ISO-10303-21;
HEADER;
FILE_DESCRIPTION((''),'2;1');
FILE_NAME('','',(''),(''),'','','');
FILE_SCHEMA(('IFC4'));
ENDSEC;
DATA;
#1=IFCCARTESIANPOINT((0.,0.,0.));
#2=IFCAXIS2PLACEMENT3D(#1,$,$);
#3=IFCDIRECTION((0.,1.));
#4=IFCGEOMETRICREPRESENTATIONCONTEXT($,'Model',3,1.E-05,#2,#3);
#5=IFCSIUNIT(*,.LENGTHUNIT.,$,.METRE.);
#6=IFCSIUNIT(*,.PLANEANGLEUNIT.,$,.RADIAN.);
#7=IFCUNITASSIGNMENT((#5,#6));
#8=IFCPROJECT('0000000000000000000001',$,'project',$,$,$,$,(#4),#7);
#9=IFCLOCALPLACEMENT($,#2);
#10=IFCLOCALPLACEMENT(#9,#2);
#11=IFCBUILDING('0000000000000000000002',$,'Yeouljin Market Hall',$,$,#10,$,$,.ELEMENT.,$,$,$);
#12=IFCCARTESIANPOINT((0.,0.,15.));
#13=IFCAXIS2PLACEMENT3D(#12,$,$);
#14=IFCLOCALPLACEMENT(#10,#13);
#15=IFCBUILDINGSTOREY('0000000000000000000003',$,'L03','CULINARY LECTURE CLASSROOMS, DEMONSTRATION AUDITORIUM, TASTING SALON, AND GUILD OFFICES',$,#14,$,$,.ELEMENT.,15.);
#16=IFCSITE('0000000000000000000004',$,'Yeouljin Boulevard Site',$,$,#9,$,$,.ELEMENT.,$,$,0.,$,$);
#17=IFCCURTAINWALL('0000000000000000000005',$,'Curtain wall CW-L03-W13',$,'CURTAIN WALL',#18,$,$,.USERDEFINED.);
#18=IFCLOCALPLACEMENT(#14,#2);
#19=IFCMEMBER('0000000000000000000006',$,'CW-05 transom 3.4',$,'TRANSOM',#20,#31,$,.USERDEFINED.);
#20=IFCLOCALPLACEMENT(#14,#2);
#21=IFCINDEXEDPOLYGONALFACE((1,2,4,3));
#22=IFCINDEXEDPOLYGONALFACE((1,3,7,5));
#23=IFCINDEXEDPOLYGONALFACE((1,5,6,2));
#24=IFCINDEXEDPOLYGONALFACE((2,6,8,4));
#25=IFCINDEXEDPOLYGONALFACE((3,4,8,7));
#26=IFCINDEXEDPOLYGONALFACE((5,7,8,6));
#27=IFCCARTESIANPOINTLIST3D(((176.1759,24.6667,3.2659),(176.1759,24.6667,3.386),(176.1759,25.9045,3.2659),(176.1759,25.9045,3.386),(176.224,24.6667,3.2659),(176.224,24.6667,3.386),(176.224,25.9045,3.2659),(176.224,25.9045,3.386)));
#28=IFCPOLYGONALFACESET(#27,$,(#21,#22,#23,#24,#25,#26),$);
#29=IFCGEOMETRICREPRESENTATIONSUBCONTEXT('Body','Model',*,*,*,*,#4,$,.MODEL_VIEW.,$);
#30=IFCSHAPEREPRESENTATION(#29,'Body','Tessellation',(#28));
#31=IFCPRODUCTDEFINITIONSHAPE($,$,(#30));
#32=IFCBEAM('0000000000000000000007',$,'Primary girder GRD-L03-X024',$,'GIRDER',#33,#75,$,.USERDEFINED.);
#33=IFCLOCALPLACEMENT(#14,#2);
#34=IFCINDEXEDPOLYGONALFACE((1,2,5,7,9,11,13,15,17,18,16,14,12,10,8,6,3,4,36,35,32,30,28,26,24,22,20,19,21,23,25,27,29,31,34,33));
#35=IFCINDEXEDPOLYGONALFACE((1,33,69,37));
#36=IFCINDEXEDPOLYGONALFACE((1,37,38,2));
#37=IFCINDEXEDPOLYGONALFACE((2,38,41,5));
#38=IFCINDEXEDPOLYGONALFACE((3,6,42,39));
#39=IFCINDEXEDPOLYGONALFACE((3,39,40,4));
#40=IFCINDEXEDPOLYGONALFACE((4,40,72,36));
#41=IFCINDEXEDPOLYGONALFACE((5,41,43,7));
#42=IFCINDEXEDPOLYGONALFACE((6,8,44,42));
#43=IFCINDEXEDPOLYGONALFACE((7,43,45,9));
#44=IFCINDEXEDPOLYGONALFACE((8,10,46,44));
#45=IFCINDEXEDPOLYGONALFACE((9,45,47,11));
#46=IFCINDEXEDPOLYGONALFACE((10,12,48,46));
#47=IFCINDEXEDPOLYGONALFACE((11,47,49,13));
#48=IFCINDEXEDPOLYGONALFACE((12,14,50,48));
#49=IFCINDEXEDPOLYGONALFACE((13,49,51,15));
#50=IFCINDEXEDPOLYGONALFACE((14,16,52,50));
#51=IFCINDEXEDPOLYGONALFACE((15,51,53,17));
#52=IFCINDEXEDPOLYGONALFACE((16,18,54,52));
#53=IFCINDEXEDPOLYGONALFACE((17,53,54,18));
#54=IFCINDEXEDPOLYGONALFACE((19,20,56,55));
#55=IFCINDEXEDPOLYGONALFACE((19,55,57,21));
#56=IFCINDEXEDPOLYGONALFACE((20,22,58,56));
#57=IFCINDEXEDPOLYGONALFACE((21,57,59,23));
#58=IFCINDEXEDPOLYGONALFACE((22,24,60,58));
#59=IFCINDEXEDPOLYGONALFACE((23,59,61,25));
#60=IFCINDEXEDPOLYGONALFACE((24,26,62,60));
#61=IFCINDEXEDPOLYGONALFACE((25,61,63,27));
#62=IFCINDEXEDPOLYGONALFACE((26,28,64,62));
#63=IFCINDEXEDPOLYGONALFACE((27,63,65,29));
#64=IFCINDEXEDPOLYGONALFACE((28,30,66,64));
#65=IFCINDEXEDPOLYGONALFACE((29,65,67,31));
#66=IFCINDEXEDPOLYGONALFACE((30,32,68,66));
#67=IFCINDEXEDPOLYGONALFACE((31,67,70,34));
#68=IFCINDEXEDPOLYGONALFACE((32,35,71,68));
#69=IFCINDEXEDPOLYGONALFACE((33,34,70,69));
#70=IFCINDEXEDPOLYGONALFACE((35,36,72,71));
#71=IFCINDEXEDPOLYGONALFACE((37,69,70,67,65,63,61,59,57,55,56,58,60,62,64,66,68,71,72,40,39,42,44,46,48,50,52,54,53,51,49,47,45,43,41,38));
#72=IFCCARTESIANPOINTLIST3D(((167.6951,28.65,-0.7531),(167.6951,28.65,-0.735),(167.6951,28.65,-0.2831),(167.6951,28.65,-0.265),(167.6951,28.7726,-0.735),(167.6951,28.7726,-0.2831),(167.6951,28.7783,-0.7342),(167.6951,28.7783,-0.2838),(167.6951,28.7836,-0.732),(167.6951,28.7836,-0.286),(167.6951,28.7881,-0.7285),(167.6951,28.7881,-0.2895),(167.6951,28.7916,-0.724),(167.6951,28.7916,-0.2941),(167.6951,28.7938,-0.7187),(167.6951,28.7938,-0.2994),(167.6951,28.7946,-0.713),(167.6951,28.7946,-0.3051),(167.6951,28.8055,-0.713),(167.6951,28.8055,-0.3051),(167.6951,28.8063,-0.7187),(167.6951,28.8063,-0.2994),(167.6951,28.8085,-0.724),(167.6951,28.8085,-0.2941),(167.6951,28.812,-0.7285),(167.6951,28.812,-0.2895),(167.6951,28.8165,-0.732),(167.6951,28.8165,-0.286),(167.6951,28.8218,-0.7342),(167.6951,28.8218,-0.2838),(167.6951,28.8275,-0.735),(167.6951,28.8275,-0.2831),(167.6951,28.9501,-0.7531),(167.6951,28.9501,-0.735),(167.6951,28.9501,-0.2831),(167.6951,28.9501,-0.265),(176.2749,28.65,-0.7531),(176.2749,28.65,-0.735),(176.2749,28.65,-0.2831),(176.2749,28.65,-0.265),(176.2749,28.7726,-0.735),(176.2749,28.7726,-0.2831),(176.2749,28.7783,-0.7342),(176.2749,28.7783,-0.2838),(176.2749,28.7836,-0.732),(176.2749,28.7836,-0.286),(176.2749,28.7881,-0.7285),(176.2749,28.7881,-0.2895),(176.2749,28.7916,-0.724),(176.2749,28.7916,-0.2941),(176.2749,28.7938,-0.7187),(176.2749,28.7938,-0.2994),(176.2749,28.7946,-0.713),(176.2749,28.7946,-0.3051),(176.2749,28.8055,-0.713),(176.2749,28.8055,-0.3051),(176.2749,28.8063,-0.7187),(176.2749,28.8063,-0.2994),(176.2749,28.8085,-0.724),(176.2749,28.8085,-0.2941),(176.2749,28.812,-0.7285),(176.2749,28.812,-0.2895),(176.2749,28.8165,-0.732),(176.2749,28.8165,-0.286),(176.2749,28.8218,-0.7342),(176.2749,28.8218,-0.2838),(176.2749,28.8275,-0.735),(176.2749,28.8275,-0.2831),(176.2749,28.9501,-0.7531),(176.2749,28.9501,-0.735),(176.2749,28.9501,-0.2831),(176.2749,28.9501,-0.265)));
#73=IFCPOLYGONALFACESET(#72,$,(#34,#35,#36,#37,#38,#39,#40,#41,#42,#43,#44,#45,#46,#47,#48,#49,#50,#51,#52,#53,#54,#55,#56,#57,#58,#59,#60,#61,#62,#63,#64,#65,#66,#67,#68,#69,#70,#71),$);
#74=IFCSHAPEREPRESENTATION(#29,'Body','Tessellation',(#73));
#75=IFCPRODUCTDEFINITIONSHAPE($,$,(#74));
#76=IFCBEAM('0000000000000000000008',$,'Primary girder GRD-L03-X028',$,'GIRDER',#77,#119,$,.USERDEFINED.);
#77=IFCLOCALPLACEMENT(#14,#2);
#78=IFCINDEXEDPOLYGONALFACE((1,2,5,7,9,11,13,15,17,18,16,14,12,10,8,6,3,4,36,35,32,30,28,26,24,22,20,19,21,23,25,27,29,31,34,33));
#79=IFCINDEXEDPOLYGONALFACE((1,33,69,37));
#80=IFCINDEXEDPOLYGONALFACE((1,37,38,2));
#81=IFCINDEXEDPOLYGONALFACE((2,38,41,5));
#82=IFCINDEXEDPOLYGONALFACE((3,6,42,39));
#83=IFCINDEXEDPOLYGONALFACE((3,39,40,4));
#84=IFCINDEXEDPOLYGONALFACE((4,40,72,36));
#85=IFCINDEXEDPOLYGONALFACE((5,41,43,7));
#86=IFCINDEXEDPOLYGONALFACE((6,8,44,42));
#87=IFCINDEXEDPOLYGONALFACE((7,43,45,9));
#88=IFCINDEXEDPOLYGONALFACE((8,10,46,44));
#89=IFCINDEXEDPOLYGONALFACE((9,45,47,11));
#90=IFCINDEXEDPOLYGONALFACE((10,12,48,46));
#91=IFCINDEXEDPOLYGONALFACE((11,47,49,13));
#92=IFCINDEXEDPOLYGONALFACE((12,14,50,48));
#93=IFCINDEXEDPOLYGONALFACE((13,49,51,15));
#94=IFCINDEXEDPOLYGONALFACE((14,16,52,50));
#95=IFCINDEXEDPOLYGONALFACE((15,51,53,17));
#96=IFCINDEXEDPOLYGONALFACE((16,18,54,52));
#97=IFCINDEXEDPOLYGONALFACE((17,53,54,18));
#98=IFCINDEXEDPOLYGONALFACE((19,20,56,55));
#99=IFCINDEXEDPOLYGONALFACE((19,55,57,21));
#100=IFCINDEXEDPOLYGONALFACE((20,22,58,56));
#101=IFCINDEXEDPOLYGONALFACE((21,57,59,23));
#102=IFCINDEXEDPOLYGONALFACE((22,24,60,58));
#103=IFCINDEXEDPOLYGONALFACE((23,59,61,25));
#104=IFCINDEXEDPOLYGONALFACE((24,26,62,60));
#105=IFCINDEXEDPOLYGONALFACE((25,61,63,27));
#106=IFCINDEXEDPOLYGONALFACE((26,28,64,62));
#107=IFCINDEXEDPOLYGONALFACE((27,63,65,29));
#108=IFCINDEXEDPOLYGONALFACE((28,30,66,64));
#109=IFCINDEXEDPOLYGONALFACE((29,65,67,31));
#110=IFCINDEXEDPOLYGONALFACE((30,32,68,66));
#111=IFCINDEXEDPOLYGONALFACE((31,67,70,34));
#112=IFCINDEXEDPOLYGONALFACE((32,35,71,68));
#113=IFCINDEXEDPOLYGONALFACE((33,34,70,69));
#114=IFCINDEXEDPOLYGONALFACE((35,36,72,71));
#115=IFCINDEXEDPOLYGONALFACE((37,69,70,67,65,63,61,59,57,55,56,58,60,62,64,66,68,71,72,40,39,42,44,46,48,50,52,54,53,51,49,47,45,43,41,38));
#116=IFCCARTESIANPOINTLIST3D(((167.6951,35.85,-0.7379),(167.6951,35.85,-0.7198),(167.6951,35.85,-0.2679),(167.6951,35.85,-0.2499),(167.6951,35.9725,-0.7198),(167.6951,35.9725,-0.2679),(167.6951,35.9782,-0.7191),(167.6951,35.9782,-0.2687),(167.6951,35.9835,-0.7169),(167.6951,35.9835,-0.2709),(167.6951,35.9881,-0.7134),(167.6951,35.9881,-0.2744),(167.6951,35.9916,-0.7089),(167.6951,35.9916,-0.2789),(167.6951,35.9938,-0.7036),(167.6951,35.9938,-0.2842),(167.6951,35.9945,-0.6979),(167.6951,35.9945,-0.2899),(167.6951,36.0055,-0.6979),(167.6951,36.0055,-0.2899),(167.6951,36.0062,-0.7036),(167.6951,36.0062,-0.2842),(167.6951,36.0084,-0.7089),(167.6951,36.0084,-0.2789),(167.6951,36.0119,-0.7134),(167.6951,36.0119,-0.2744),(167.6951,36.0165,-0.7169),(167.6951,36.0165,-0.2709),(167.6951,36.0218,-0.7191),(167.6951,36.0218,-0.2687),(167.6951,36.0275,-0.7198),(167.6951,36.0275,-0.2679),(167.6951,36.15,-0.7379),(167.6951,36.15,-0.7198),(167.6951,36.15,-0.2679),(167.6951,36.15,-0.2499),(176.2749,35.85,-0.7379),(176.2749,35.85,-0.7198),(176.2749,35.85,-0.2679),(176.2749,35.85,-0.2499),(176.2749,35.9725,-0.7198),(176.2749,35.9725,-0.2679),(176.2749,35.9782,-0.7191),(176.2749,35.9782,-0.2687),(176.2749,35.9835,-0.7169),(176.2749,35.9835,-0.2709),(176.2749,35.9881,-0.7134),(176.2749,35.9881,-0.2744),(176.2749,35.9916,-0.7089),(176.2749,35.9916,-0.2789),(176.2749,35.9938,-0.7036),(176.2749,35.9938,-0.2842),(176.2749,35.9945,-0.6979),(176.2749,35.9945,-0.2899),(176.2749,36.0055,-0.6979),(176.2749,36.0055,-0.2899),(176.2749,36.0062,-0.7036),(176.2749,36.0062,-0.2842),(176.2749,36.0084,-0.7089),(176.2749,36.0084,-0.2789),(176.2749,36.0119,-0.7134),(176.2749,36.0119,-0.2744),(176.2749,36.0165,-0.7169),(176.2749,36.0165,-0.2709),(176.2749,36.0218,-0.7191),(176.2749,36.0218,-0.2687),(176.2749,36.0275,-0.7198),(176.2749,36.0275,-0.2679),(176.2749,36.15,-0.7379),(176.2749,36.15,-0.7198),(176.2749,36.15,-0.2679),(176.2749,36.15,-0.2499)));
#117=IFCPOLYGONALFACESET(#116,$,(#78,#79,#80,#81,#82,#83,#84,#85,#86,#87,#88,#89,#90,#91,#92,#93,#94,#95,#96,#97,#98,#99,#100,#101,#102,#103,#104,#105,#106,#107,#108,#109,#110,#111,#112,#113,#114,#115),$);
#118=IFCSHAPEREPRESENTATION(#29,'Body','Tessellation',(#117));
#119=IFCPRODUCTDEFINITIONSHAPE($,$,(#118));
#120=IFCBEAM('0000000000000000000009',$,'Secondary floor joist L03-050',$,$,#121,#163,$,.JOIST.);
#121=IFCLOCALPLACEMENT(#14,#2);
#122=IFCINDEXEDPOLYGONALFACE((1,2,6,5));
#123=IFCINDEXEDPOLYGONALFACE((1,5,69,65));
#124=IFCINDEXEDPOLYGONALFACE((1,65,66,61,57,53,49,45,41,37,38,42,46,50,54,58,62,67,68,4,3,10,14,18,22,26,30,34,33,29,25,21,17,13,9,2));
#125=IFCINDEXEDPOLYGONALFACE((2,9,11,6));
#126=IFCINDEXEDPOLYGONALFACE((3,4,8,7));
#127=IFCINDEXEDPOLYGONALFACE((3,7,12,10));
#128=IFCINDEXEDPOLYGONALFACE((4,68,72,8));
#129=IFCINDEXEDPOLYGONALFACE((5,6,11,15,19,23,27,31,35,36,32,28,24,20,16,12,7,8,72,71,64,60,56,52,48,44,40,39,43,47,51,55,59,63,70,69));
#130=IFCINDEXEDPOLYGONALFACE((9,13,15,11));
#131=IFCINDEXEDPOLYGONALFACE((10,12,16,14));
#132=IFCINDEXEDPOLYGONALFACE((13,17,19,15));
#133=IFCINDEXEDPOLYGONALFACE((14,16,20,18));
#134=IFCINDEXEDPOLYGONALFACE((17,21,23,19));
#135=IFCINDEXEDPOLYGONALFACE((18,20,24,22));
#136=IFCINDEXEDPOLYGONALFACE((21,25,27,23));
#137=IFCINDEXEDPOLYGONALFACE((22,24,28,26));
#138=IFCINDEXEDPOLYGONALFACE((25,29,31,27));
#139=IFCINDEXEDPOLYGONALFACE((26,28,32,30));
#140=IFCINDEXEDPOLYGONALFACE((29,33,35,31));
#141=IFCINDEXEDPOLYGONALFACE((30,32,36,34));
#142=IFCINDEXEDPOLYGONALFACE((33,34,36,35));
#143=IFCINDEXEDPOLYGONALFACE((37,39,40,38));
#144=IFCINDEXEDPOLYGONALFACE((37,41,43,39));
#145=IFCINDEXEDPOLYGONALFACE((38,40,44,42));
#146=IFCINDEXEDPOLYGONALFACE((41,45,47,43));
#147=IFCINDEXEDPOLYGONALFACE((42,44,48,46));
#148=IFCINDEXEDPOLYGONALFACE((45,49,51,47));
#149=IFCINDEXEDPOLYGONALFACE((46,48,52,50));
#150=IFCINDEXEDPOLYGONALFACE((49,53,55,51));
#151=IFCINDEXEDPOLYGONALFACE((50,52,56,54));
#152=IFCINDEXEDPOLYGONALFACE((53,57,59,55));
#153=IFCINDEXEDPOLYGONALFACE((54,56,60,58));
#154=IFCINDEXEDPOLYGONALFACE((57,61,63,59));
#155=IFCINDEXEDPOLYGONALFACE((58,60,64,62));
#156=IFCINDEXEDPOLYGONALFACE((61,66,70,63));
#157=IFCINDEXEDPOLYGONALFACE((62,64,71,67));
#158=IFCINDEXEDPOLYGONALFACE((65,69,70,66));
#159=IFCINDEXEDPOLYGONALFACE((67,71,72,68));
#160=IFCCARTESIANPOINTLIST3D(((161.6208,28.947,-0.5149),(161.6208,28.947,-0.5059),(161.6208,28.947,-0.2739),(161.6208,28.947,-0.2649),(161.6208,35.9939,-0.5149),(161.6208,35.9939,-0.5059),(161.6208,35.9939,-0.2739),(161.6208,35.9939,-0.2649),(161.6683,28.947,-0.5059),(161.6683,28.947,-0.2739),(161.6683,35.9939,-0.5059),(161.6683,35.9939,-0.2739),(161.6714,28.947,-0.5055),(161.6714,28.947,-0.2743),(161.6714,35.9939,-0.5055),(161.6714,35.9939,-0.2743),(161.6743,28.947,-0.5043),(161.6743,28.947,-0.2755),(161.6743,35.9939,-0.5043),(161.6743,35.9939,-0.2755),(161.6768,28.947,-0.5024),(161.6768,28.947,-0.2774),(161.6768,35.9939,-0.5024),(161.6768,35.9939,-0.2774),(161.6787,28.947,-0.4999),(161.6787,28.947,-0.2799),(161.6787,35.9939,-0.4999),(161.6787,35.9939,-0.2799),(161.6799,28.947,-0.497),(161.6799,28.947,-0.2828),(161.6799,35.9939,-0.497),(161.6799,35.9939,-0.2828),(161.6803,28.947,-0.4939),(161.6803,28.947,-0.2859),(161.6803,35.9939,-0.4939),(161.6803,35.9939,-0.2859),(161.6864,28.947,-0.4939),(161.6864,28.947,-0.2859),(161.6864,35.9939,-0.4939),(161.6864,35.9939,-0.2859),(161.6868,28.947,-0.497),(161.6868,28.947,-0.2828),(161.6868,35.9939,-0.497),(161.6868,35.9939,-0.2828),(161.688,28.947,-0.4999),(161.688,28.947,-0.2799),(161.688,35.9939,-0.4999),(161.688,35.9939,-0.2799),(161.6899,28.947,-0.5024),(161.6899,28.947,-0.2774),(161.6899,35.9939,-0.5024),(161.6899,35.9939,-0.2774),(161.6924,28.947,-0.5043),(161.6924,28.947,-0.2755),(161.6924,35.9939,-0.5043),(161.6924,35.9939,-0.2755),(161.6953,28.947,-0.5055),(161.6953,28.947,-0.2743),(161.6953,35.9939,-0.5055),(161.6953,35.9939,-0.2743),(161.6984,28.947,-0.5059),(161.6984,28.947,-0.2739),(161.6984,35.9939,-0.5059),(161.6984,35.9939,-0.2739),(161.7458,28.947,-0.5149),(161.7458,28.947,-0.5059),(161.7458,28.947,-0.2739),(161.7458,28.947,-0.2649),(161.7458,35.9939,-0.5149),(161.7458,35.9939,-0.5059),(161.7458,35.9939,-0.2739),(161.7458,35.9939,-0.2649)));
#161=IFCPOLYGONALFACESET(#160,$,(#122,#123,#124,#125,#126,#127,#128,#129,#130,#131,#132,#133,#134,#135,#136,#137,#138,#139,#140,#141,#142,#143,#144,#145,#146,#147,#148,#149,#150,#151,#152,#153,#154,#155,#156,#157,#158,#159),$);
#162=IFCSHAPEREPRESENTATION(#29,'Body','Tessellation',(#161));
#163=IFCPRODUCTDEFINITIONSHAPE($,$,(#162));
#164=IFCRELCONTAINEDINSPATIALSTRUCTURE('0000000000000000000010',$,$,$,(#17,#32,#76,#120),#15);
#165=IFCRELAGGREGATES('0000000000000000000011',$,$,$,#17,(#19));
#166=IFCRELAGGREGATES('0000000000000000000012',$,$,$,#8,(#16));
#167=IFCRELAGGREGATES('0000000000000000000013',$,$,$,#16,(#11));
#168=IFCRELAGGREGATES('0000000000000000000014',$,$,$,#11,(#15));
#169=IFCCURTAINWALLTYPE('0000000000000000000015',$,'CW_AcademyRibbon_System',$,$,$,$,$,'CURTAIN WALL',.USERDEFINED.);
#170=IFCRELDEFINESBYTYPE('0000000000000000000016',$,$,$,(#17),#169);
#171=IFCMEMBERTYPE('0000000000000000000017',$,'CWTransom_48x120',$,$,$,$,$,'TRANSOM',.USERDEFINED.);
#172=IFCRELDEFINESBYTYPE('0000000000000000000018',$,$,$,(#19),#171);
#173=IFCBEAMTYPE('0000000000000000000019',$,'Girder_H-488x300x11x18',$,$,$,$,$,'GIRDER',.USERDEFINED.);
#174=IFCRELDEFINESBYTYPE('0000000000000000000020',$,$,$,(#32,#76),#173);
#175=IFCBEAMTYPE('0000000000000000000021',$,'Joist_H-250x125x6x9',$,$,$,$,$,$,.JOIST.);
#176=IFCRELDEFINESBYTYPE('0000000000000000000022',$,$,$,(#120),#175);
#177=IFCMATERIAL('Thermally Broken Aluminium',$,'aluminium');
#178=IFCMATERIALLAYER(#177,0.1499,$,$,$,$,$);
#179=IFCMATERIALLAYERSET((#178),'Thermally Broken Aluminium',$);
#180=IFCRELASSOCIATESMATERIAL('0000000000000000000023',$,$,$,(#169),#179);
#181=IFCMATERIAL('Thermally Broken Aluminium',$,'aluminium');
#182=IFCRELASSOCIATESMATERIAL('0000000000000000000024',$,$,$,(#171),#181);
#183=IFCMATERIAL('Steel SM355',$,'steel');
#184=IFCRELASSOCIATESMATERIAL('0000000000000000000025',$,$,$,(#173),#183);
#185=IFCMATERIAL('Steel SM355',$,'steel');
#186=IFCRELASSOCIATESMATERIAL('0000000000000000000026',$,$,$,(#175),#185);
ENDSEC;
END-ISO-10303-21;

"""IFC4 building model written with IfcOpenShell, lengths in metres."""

from ifc_helpers import new_model, si_unit, direction, frame, origin, origin_2d, place, context, subcontext, project, spatial, rectangle, i_section, extrude, material, layer, layer_set, material_profile, profile_set, type_object, element, aggregate, save


model = new_model("IFC4")

# Units and contexts
model_context = context("Model", 3, precision=1e-05, world=origin(), true_north=direction((0.0, 1.0)))
body_context = subcontext(model_context, "Body", "Model", "MODEL_VIEW")
ifc_project = project(units=[si_unit("LENGTHUNIT", "METRE"), si_unit("PLANEANGLEUNIT", "RADIAN")], contexts=[model_context])

# Site, building, storey
site_placement = place(None, origin())
site = spatial("IfcSite", under=ifc_project, at=site_placement, Name="Yeouljin Boulevard Site", CompositionType="ELEMENT", RefElevation=0.0)
building_placement = place(site_placement, origin())
building = spatial("IfcBuilding", under=site, at=building_placement, Name="Yeouljin Market Hall", CompositionType="ELEMENT")
storey_placement = place(building_placement, frame((0.0, 0.0, 15.0)))
storey = spatial("IfcBuildingStorey", under=building, at=storey_placement, Name="L03", Description="CULINARY LECTURE CLASSROOMS, DEMONSTRATION AUDITORIUM, TASTING SALON, AND GUILD OFFICES", CompositionType="ELEMENT", Elevation=15.0)

# Curtain wall, member
ifc_material_1 = material(Name="Thermally Broken Aluminium", Category="aluminium")
ifc_layer_1 = layer(ifc_material_1, 0.1499)
ifc_layer_set_1 = layer_set([ifc_layer_1], Name="Thermally Broken Aluminium")
curtain_wall_type = type_object("IfcCurtainWallType", Name="CW_AcademyRibbon_System", ElementType="CURTAIN WALL", PredefinedType="USERDEFINED", material=ifc_layer_set_1)
curtain_wall_placement = place(storey_placement, origin())
curtain_wall = element("IfcCurtainWall", 1, at=curtain_wall_placement, inside=storey, type_object=curtain_wall_type, Name="Curtain wall CW-L03-W13", ObjectType="CURTAIN WALL", PredefinedType="USERDEFINED")
ifc_material_2 = material(Name="Thermally Broken Aluminium", Category="aluminium")
ifc_material_profile_1 = material_profile(ifc_material_2, rectangle(XDim=0.0481, YDim=0.1201, at=origin_2d()), Name="CW-TRAN-48x120")
ifc_profile_set_1 = profile_set([ifc_material_profile_1], Name="Thermally Broken Aluminium")
member_type_1 = type_object("IfcMemberType", Name="CWTransom_48x120", ElementType="TRANSOM", PredefinedType="USERDEFINED", material=ifc_profile_set_1)
member_1_placement = place(storey_placement, frame((176.2, 25.9045, 3.3259), z_axis=(0.0, -1.0, 0.0), x_axis=(1.0, 0.0, 0.0)))
member_1 = element("IfcMember", 2, at=member_1_placement, type_object=member_type_1, Name="CW-05 transom 3.4", ObjectType="TRANSOM", PredefinedType="USERDEFINED", context=body_context, shape_type="SweptSolid", body=[
    extrude(rectangle(XDim=0.0481, YDim=0.1201, at=origin_2d()), origin(), (0.0, 0.0, 1.0), 1.2378),
])

# Beams
ifc_material_3 = material(Name="Steel SM355", Category="steel")
ifc_material_profile_2 = material_profile(ifc_material_3, i_section(OverallWidth=0.3, OverallDepth=0.488, WebThickness=0.011, FlangeThickness=0.0181, FilletRadius=0.022, at=origin_2d()), Name="H-488x300x11x18")
ifc_profile_set_2 = profile_set([ifc_material_profile_2], Name="Steel SM355")
beam_type_1 = type_object("IfcBeamType", Name="Girder_H-488x300x11x18", ElementType="GIRDER", PredefinedType="USERDEFINED", material=ifc_profile_set_2)
for number, where, z_axis, x_axis, name in (
    (3, (167.6951, 28.8, -0.509), (1.0, 0.0, 0.0), (0.0, 1.0, 0.0), "Primary girder GRD-L03-X024"),
    (4, (167.6951, 36.0, -0.4939), (1.0, 0.0, 0.0), (0.0, 1.0, 0.0), "Primary girder GRD-L03-X028"),
):
    element("IfcBeam", number, at=place(storey_placement, frame(where, z_axis=z_axis, x_axis=x_axis)), inside=storey, type_object=beam_type_1, Name=name, ObjectType="GIRDER", PredefinedType="USERDEFINED", context=body_context, shape_type="SweptSolid", body=[
        extrude(i_section(OverallWidth=0.3, OverallDepth=0.488, WebThickness=0.011, FlangeThickness=0.0181, FilletRadius=0.022, at=origin_2d()), origin(), (0.0, 0.0, 1.0), 8.5798),
    ])
ifc_material_4 = material(Name="Steel SM355", Category="steel")
ifc_material_profile_3 = material_profile(ifc_material_4, i_section(OverallWidth=0.125, OverallDepth=0.25, WebThickness=0.0061, FlangeThickness=0.009, FilletRadius=0.012, at=origin_2d()), Name="H-250x125x6x9")
ifc_profile_set_3 = profile_set([ifc_material_profile_3], Name="Steel SM355")
beam_type_2 = type_object("IfcBeamType", Name="Joist_H-250x125x6x9", PredefinedType="JOIST", material=ifc_profile_set_3)
for number, where, z_axis, x_axis, name in (
    (5, (161.6833, 28.947, -0.3899), (0.0, 1.0, 0.0), (-1.0, 0.0, 0.0), "Secondary floor joist L03-050"),
):
    element("IfcBeam", number, at=place(storey_placement, frame(where, z_axis=z_axis, x_axis=x_axis)), inside=storey, type_object=beam_type_2, Name=name, PredefinedType="JOIST", context=body_context, shape_type="SweptSolid", body=[
        extrude(i_section(OverallWidth=0.125, OverallDepth=0.25, WebThickness=0.0061, FlangeThickness=0.009, FilletRadius=0.012, at=origin_2d()), origin(), (0.0, 0.0, 1.0), 7.0469),
    ])

aggregate(curtain_wall, [member_1])

save(model, "model.ifc")
